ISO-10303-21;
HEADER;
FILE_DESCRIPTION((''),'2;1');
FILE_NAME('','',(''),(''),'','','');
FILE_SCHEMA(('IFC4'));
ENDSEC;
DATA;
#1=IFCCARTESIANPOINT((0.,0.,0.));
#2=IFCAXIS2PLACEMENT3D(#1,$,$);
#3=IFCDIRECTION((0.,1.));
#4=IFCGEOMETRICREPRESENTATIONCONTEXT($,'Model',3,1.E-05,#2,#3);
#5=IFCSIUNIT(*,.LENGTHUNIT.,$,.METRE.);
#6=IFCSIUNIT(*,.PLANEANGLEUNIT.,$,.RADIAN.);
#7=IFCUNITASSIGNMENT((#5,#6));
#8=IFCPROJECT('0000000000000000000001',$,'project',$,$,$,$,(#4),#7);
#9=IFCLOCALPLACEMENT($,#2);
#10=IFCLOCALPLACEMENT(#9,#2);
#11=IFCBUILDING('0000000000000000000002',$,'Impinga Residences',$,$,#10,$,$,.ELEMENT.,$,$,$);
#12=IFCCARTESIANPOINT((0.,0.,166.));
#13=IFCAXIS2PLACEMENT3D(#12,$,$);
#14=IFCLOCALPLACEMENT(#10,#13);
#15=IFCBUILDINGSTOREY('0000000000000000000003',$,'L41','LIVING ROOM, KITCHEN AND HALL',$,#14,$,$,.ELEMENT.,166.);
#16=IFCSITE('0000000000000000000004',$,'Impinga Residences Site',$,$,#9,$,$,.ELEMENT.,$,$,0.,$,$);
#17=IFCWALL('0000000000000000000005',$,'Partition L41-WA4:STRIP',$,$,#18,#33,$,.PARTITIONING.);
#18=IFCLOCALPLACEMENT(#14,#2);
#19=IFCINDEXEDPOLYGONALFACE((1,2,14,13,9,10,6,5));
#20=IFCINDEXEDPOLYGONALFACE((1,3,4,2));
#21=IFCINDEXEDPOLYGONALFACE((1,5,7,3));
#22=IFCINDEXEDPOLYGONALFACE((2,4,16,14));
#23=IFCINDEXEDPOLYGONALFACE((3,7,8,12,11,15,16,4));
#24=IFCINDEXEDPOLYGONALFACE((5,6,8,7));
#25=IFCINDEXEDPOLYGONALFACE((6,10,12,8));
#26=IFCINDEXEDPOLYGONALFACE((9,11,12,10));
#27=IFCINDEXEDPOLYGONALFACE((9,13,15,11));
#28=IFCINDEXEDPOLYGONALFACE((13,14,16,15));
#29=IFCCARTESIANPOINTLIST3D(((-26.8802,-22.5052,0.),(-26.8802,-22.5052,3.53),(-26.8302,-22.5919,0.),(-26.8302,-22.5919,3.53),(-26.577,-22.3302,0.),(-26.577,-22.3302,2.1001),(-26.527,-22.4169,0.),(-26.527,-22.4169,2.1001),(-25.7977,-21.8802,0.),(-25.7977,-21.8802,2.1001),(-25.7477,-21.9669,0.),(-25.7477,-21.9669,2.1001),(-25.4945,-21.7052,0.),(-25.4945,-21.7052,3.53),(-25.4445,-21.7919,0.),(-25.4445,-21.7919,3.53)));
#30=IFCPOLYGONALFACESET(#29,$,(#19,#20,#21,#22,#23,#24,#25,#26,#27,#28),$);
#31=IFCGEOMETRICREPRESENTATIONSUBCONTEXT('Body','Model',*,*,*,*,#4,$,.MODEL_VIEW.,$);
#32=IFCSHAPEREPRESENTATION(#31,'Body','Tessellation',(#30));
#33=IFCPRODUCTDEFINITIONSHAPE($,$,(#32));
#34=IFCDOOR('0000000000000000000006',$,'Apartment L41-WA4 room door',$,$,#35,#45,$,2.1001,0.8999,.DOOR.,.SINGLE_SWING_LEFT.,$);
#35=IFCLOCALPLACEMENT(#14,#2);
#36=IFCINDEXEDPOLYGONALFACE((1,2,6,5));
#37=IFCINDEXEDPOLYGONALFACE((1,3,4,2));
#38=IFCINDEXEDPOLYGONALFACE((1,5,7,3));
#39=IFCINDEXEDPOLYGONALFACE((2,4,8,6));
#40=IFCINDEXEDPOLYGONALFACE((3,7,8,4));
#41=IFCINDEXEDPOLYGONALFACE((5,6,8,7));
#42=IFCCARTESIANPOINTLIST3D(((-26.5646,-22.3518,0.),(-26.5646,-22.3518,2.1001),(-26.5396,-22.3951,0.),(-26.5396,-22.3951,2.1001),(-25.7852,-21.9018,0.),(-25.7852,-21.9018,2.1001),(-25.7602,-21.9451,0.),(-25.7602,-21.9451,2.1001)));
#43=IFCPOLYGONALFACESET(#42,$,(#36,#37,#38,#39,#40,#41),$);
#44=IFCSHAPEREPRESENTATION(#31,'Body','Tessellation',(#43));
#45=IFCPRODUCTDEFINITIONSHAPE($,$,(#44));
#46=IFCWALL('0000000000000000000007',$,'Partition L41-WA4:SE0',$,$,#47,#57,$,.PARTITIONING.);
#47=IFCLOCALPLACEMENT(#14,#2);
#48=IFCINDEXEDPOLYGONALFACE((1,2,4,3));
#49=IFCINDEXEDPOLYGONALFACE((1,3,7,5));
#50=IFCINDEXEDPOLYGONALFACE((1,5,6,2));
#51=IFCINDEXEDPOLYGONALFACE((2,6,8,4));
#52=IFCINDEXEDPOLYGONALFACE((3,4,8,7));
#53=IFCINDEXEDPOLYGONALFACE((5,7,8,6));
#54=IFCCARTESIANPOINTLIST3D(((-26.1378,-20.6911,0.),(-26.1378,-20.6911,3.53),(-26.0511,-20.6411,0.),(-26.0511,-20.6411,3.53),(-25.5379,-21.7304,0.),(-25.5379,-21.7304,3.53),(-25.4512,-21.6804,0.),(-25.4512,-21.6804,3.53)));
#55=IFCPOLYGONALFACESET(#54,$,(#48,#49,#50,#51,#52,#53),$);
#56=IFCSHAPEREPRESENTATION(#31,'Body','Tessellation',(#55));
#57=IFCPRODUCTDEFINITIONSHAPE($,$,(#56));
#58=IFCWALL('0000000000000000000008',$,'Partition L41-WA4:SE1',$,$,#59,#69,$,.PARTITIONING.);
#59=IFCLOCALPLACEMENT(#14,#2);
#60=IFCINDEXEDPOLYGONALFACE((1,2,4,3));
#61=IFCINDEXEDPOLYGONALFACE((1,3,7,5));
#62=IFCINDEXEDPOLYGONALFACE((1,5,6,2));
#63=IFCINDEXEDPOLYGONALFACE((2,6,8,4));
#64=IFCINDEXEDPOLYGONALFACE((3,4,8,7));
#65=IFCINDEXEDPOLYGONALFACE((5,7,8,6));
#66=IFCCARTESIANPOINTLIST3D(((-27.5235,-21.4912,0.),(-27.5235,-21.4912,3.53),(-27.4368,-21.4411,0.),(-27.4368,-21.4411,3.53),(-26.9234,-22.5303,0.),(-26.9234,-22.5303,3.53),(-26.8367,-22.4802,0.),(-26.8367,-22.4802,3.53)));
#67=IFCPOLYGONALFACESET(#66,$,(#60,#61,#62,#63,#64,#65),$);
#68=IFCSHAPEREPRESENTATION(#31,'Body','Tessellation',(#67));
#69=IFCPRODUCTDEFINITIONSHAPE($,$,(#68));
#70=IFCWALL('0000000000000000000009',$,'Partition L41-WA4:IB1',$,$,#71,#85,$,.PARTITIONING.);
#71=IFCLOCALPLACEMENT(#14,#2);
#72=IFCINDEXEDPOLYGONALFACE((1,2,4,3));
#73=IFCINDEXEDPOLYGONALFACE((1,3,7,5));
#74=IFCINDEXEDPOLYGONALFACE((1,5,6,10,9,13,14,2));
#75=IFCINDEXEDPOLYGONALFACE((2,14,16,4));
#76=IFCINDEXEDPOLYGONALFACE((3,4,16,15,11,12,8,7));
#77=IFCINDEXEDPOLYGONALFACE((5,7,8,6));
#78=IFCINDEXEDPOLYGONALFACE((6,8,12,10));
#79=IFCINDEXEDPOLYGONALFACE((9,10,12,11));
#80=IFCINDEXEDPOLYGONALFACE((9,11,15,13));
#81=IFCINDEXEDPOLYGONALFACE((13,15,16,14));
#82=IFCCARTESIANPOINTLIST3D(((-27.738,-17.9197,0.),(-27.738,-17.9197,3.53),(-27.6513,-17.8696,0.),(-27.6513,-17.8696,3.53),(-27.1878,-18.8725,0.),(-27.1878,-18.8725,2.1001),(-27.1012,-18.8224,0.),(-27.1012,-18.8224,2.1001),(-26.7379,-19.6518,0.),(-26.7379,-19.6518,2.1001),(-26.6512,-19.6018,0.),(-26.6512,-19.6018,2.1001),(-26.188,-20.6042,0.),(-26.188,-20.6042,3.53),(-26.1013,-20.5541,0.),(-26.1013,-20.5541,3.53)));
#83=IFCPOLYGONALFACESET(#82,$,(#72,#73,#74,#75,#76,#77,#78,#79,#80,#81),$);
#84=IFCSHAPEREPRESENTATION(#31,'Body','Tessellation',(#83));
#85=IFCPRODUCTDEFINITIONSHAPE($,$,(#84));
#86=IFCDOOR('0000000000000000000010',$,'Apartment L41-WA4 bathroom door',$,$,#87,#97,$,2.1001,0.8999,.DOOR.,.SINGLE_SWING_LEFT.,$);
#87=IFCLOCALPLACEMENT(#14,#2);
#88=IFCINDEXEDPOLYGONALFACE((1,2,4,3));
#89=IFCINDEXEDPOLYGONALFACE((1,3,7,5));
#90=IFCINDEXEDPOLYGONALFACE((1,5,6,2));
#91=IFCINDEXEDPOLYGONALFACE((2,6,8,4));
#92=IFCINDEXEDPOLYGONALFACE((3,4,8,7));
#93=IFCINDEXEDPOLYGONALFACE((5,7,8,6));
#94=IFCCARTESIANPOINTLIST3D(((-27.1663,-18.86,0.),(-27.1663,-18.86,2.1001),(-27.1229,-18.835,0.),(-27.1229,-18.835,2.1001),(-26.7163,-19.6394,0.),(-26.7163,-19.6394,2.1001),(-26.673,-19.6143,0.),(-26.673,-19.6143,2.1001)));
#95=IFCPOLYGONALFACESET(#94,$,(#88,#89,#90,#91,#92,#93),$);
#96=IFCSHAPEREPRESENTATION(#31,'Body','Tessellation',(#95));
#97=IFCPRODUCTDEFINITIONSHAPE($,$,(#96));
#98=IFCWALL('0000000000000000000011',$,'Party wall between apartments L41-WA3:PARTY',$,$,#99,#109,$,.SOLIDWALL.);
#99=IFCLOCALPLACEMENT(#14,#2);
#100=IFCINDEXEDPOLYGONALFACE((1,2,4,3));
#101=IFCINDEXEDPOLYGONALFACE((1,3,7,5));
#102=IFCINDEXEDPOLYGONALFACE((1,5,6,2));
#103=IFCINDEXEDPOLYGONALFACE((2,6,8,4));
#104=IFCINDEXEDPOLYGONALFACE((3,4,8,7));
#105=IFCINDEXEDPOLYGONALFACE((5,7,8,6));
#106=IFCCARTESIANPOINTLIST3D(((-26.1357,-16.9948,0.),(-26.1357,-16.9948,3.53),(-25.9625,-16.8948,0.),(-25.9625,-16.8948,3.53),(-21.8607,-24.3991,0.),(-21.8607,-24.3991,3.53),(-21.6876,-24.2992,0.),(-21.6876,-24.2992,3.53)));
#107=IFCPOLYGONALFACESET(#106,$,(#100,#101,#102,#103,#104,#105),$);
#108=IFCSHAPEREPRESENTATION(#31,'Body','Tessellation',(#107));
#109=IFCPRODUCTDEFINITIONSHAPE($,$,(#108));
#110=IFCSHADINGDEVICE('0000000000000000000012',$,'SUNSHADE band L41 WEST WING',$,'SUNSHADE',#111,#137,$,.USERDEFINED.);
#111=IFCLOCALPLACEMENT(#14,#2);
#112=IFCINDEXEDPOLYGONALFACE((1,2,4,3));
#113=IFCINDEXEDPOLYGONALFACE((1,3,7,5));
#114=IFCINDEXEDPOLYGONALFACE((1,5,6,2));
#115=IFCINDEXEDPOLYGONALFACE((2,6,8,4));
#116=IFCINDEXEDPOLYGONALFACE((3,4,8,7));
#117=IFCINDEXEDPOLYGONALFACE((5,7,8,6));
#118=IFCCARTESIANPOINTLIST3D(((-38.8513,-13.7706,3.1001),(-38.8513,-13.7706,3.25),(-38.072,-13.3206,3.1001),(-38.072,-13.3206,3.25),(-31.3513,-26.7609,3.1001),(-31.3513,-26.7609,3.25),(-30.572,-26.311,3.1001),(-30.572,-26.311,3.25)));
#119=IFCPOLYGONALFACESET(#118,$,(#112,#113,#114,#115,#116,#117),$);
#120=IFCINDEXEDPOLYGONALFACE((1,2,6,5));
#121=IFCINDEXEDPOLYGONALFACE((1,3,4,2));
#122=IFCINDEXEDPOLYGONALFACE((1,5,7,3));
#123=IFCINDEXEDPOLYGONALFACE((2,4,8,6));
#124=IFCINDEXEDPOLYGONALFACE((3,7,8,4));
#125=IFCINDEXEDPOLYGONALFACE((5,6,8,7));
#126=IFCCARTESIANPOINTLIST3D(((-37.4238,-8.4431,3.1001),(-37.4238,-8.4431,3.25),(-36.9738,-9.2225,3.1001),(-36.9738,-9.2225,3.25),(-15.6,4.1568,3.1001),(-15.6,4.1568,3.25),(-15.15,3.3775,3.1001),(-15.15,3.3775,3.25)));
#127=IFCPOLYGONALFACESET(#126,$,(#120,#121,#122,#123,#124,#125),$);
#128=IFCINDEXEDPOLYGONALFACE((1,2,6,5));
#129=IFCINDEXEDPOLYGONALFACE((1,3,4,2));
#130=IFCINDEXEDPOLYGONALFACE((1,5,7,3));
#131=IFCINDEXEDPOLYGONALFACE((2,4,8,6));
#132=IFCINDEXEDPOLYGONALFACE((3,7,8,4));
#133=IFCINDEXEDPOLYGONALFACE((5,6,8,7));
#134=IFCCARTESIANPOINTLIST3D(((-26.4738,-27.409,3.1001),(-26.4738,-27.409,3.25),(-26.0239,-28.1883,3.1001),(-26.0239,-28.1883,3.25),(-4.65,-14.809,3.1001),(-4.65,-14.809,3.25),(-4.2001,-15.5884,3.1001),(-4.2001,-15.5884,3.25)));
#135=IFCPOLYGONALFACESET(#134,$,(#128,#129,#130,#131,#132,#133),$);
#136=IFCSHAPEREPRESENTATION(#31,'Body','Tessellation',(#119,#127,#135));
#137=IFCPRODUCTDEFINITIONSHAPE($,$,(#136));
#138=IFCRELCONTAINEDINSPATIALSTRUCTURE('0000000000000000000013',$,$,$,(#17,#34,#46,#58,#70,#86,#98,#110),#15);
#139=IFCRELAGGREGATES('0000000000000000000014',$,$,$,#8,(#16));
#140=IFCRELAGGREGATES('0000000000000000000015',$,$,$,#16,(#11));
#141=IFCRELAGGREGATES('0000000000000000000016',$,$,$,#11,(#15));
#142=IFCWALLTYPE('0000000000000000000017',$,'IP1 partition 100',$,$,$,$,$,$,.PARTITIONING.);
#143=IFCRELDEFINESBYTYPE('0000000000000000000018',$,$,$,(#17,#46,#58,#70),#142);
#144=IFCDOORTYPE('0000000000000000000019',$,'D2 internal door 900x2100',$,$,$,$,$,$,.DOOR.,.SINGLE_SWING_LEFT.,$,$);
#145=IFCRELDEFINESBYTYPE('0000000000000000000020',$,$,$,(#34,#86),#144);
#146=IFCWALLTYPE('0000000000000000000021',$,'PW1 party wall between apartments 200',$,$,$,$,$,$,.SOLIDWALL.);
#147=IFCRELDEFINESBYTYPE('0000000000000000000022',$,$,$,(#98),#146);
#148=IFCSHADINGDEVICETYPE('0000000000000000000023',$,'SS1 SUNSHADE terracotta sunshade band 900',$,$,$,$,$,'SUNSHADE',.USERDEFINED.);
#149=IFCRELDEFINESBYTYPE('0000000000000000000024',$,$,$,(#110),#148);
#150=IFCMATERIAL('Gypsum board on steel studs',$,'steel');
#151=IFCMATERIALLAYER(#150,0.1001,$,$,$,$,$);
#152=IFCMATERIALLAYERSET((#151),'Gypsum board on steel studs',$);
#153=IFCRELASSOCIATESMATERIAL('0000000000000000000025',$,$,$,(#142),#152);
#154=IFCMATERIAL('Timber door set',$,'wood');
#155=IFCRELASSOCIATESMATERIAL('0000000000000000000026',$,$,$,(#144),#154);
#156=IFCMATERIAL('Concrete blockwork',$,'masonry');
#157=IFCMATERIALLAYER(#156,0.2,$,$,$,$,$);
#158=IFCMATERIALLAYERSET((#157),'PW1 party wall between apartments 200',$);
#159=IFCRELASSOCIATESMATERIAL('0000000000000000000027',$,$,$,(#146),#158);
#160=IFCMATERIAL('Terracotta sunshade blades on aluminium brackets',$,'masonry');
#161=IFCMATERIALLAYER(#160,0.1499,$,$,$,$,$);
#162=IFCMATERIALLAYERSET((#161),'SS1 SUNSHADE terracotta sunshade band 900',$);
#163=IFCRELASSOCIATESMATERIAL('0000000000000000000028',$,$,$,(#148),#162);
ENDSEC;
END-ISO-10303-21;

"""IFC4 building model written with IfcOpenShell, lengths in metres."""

from ifc_helpers import new_model, si_unit, direction, frame, frame_2d, origin, origin_2d, place, context, subcontext, project, spatial, rectangle, extrude, material, layer, layer_set, type_object, element, fill, save


model = new_model("IFC4")

# Units and contexts
model_context = context("Model", 3, precision=1e-05, world=origin(), true_north=direction((0.0, 1.0)))
body_context = subcontext(model_context, "Body", "Model", "MODEL_VIEW")
ifc_project = project(units=[si_unit("LENGTHUNIT", "METRE"), si_unit("PLANEANGLEUNIT", "RADIAN")], contexts=[model_context])

# Site, building, storey
site_placement = place(None, origin())
site = spatial("IfcSite", under=ifc_project, at=site_placement, Name="Impinga Residences Site", CompositionType="ELEMENT", RefElevation=0.0)
building_placement = place(site_placement, origin())
building = spatial("IfcBuilding", under=site, at=building_placement, Name="Impinga Residences", CompositionType="ELEMENT")
storey_placement = place(building_placement, frame((0.0, 0.0, 166.0)))
storey = spatial("IfcBuildingStorey", under=building, at=storey_placement, Name="L41", Description="LIVING ROOM, KITCHEN AND HALL", CompositionType="ELEMENT", Elevation=166.0)

# Shared definitions
ifc_material_1 = material(Name="Gypsum board on steel studs", Category="steel")
ifc_layer_1 = layer(ifc_material_1, 0.1001)
ifc_layer_set_1 = layer_set([ifc_layer_1], Name="Gypsum board on steel studs")
wall_type_1 = type_object("IfcWallType", Name="IP1 partition 100", PredefinedType="PARTITIONING", material=ifc_layer_set_1)
ifc_material_2 = material(Name="Timber door set", Category="wood")
door_type = type_object("IfcDoorType", Name="D2 internal door 900x2100", OperationType="SINGLE_SWING_LEFT", PredefinedType="DOOR", material=ifc_material_2)

# Wall, opening, door
wall_1_placement = place(storey_placement, frame((-25.4695, -21.7485, 0.0), z_axis=(0.0, 0.0, 1.0), x_axis=(-0.866028, -0.499995, 0.0)))
wall_1 = element("IfcWall", 1, at=wall_1_placement, inside=storey, type_object=wall_type_1, Name="Partition L41-WA4:STRIP", PredefinedType="PARTITIONING", context=body_context, shape_type="SweptSolid", body=[
    extrude(rectangle(XDim=1.6001, YDim=0.1001, at=frame_2d((0.8, 0.0))), origin(), (0.0, 0.0, 1.0), 3.53),
])
opening_1_placement = place(wall_1_placement, frame((0.3501, 0.0, 0.0)))
opening_1 = element("IfcOpeningElement", 2, at=opening_1_placement, cuts=wall_1, PredefinedType="OPENING", context=body_context, shape_type="SweptSolid", body=[
    extrude(rectangle(XDim=0.8999, YDim=2.1001, at=frame_2d((0.45, 1.05))), frame((0.0, 0.0601, 0.0), z_axis=(0.0, -1.0, 0.0), x_axis=(1.0, 0.0, 0.0)), (0.0, 0.0, 1.0), 0.1201),
])
door_1_placement = place(opening_1_placement, origin())
door_1 = element("IfcDoor", 3, at=door_1_placement, inside=storey, type_object=door_type, Name="Apartment L41-WA4 room door", OperationType="SINGLE_SWING_LEFT", OverallHeight=2.1001, OverallWidth=0.8999, PredefinedType="DOOR", context=body_context, shape_type="SweptSolid", body=[
    extrude(rectangle(XDim=0.8999, YDim=2.1001, at=frame_2d((0.45, 1.05))), frame((0.0, 0.0249, 0.0), z_axis=(0.0, -1.0, 0.0), x_axis=(1.0, 0.0, 0.0)), (0.0, 0.0, 1.0), 0.05),
])
fill(opening_1, door_1)

# Walls
for number, where, z_axis, x_axis, name in (
    (4, (-26.0945, -20.666, 0.0), (0.0, 0.0, 1.0), (0.499881, -0.866094, 0.0), "Partition L41-WA4:SE0"),
    (5, (-27.4802, -21.4661, 0.0), (0.0, 0.0, 1.0), (0.500122, -0.865955, 0.0), "Partition L41-WA4:SE1"),
):
    element("IfcWall", number, at=place(storey_placement, frame(where, z_axis=z_axis, x_axis=x_axis)), inside=storey, type_object=wall_type_1, Name=name, PredefinedType="PARTITIONING", context=body_context, shape_type="SweptSolid", body=[
        extrude(rectangle(XDim=1.2, YDim=0.1001, at=frame_2d((0.6001, 0.0))), origin(), (0.0, 0.0, 1.0), 3.53),
    ])

# Wall, opening, door
wall_2_placement = place(storey_placement, frame((-27.6946, -17.8948, 0.0), z_axis=(0.0, 0.0, 1.0), x_axis=(0.500027, -0.86601, 0.0)))
wall_2 = element("IfcWall", 6, at=wall_2_placement, inside=storey, type_object=wall_type_1, Name="Partition L41-WA4:IB1", PredefinedType="PARTITIONING", context=body_context, shape_type="SweptSolid", body=[
    extrude(rectangle(XDim=3.0999, YDim=0.1001, at=frame_2d((1.5498, 0.0))), origin(), (0.0, 0.0, 1.0), 3.53),
])
opening_2_placement = place(wall_2_placement, frame((1.1001, 0.0, 0.0)))
opening_2 = element("IfcOpeningElement", 7, at=opening_2_placement, cuts=wall_2, PredefinedType="OPENING", context=body_context, shape_type="SweptSolid", body=[
    extrude(rectangle(XDim=0.8999, YDim=2.1001, at=frame_2d((0.45, 1.05))), frame((0.0, 0.0601, 0.0), z_axis=(0.0, -1.0, 0.0), x_axis=(1.0, 0.0, 0.0)), (0.0, 0.0, 1.0), 0.1201),
])
door_2_placement = place(opening_2_placement, origin())
door_2 = element("IfcDoor", 8, at=door_2_placement, inside=storey, type_object=door_type, Name="Apartment L41-WA4 bathroom door", OperationType="SINGLE_SWING_LEFT", OverallHeight=2.1001, OverallWidth=0.8999, PredefinedType="DOOR", context=body_context, shape_type="SweptSolid", body=[
    extrude(rectangle(XDim=0.8999, YDim=2.1001, at=frame_2d((0.45, 1.05))), frame((0.0, 0.0249, 0.0), z_axis=(0.0, -1.0, 0.0), x_axis=(1.0, 0.0, 0.0)), (0.0, 0.0, 1.0), 0.05),
])
fill(opening_2, door_2)

# Wall
ifc_material_3 = material(Name="Concrete blockwork", Category="masonry")
ifc_layer_2 = layer(ifc_material_3, 0.2)
ifc_layer_set_2 = layer_set([ifc_layer_2], Name="PW1 party wall between apartments 200")
wall_type_2 = type_object("IfcWallType", Name="PW1 party wall between apartments 200", PredefinedType="SOLIDWALL", material=ifc_layer_set_2)
wall_3_placement = place(storey_placement, frame((-26.0491, -16.9448, 0.0), z_axis=(0.0, 0.0, 1.0), x_axis=(0.500003, -0.866024, 0.0)))
element("IfcWall", 9, at=wall_3_placement, inside=storey, type_object=wall_type_2, Name="Party wall between apartments L41-WA3:PARTY", PredefinedType="SOLIDWALL", context=body_context, shape_type="SweptSolid", body=[
    extrude(rectangle(XDim=8.5498, YDim=0.2, at=frame_2d((4.2749, 0.0))), origin(), (0.0, 0.0, 1.0), 3.53),
])

# Shading device
ifc_material_4 = material(Name="Terracotta sunshade blades on aluminium brackets", Category="masonry")
ifc_layer_3 = layer(ifc_material_4, 0.1499)
ifc_layer_set_3 = layer_set([ifc_layer_3], Name="SS1 SUNSHADE terracotta sunshade band 900")
shading_device_type = type_object("IfcShadingDeviceType", Name="SS1 SUNSHADE terracotta sunshade band 900", ElementType="SUNSHADE", PredefinedType="USERDEFINED", material=ifc_layer_set_3)
shading_device_placement = place(storey_placement, frame((-34.7117, -20.0408, 3.1001), z_axis=(0.0, 0.0, 1.0), x_axis=(-0.5, 0.866025, 0.0)))
element("IfcShadingDevice", 10, at=shading_device_placement, inside=storey, type_object=shading_device_type, Name="SUNSHADE band L41 WEST WING", ObjectType="SUNSHADE", PredefinedType="USERDEFINED", context=body_context, shape_type="SweptSolid", body=[
    extrude(rectangle(XDim=15.0, YDim=0.8999, at=origin_2d()), origin(), (0.0, 0.0, 1.0), 0.1499),
    extrude(rectangle(XDim=25.2, YDim=0.8999, at=origin_2d()), frame((10.95, -16.05, 0.0), z_axis=(0.0, 0.0, 1.0), x_axis=(0.0, -1.0, 0.0)), (0.0, 0.0, 1.0), 0.1499),
    extrude(rectangle(XDim=25.2, YDim=0.8999, at=origin_2d()), frame((-10.95, -16.05, 0.0), z_axis=(0.0, 0.0, 1.0), x_axis=(0.0, 1.0, 0.0)), (0.0, 0.0, 1.0), 0.1499),
])

save(model, "model.ifc")
